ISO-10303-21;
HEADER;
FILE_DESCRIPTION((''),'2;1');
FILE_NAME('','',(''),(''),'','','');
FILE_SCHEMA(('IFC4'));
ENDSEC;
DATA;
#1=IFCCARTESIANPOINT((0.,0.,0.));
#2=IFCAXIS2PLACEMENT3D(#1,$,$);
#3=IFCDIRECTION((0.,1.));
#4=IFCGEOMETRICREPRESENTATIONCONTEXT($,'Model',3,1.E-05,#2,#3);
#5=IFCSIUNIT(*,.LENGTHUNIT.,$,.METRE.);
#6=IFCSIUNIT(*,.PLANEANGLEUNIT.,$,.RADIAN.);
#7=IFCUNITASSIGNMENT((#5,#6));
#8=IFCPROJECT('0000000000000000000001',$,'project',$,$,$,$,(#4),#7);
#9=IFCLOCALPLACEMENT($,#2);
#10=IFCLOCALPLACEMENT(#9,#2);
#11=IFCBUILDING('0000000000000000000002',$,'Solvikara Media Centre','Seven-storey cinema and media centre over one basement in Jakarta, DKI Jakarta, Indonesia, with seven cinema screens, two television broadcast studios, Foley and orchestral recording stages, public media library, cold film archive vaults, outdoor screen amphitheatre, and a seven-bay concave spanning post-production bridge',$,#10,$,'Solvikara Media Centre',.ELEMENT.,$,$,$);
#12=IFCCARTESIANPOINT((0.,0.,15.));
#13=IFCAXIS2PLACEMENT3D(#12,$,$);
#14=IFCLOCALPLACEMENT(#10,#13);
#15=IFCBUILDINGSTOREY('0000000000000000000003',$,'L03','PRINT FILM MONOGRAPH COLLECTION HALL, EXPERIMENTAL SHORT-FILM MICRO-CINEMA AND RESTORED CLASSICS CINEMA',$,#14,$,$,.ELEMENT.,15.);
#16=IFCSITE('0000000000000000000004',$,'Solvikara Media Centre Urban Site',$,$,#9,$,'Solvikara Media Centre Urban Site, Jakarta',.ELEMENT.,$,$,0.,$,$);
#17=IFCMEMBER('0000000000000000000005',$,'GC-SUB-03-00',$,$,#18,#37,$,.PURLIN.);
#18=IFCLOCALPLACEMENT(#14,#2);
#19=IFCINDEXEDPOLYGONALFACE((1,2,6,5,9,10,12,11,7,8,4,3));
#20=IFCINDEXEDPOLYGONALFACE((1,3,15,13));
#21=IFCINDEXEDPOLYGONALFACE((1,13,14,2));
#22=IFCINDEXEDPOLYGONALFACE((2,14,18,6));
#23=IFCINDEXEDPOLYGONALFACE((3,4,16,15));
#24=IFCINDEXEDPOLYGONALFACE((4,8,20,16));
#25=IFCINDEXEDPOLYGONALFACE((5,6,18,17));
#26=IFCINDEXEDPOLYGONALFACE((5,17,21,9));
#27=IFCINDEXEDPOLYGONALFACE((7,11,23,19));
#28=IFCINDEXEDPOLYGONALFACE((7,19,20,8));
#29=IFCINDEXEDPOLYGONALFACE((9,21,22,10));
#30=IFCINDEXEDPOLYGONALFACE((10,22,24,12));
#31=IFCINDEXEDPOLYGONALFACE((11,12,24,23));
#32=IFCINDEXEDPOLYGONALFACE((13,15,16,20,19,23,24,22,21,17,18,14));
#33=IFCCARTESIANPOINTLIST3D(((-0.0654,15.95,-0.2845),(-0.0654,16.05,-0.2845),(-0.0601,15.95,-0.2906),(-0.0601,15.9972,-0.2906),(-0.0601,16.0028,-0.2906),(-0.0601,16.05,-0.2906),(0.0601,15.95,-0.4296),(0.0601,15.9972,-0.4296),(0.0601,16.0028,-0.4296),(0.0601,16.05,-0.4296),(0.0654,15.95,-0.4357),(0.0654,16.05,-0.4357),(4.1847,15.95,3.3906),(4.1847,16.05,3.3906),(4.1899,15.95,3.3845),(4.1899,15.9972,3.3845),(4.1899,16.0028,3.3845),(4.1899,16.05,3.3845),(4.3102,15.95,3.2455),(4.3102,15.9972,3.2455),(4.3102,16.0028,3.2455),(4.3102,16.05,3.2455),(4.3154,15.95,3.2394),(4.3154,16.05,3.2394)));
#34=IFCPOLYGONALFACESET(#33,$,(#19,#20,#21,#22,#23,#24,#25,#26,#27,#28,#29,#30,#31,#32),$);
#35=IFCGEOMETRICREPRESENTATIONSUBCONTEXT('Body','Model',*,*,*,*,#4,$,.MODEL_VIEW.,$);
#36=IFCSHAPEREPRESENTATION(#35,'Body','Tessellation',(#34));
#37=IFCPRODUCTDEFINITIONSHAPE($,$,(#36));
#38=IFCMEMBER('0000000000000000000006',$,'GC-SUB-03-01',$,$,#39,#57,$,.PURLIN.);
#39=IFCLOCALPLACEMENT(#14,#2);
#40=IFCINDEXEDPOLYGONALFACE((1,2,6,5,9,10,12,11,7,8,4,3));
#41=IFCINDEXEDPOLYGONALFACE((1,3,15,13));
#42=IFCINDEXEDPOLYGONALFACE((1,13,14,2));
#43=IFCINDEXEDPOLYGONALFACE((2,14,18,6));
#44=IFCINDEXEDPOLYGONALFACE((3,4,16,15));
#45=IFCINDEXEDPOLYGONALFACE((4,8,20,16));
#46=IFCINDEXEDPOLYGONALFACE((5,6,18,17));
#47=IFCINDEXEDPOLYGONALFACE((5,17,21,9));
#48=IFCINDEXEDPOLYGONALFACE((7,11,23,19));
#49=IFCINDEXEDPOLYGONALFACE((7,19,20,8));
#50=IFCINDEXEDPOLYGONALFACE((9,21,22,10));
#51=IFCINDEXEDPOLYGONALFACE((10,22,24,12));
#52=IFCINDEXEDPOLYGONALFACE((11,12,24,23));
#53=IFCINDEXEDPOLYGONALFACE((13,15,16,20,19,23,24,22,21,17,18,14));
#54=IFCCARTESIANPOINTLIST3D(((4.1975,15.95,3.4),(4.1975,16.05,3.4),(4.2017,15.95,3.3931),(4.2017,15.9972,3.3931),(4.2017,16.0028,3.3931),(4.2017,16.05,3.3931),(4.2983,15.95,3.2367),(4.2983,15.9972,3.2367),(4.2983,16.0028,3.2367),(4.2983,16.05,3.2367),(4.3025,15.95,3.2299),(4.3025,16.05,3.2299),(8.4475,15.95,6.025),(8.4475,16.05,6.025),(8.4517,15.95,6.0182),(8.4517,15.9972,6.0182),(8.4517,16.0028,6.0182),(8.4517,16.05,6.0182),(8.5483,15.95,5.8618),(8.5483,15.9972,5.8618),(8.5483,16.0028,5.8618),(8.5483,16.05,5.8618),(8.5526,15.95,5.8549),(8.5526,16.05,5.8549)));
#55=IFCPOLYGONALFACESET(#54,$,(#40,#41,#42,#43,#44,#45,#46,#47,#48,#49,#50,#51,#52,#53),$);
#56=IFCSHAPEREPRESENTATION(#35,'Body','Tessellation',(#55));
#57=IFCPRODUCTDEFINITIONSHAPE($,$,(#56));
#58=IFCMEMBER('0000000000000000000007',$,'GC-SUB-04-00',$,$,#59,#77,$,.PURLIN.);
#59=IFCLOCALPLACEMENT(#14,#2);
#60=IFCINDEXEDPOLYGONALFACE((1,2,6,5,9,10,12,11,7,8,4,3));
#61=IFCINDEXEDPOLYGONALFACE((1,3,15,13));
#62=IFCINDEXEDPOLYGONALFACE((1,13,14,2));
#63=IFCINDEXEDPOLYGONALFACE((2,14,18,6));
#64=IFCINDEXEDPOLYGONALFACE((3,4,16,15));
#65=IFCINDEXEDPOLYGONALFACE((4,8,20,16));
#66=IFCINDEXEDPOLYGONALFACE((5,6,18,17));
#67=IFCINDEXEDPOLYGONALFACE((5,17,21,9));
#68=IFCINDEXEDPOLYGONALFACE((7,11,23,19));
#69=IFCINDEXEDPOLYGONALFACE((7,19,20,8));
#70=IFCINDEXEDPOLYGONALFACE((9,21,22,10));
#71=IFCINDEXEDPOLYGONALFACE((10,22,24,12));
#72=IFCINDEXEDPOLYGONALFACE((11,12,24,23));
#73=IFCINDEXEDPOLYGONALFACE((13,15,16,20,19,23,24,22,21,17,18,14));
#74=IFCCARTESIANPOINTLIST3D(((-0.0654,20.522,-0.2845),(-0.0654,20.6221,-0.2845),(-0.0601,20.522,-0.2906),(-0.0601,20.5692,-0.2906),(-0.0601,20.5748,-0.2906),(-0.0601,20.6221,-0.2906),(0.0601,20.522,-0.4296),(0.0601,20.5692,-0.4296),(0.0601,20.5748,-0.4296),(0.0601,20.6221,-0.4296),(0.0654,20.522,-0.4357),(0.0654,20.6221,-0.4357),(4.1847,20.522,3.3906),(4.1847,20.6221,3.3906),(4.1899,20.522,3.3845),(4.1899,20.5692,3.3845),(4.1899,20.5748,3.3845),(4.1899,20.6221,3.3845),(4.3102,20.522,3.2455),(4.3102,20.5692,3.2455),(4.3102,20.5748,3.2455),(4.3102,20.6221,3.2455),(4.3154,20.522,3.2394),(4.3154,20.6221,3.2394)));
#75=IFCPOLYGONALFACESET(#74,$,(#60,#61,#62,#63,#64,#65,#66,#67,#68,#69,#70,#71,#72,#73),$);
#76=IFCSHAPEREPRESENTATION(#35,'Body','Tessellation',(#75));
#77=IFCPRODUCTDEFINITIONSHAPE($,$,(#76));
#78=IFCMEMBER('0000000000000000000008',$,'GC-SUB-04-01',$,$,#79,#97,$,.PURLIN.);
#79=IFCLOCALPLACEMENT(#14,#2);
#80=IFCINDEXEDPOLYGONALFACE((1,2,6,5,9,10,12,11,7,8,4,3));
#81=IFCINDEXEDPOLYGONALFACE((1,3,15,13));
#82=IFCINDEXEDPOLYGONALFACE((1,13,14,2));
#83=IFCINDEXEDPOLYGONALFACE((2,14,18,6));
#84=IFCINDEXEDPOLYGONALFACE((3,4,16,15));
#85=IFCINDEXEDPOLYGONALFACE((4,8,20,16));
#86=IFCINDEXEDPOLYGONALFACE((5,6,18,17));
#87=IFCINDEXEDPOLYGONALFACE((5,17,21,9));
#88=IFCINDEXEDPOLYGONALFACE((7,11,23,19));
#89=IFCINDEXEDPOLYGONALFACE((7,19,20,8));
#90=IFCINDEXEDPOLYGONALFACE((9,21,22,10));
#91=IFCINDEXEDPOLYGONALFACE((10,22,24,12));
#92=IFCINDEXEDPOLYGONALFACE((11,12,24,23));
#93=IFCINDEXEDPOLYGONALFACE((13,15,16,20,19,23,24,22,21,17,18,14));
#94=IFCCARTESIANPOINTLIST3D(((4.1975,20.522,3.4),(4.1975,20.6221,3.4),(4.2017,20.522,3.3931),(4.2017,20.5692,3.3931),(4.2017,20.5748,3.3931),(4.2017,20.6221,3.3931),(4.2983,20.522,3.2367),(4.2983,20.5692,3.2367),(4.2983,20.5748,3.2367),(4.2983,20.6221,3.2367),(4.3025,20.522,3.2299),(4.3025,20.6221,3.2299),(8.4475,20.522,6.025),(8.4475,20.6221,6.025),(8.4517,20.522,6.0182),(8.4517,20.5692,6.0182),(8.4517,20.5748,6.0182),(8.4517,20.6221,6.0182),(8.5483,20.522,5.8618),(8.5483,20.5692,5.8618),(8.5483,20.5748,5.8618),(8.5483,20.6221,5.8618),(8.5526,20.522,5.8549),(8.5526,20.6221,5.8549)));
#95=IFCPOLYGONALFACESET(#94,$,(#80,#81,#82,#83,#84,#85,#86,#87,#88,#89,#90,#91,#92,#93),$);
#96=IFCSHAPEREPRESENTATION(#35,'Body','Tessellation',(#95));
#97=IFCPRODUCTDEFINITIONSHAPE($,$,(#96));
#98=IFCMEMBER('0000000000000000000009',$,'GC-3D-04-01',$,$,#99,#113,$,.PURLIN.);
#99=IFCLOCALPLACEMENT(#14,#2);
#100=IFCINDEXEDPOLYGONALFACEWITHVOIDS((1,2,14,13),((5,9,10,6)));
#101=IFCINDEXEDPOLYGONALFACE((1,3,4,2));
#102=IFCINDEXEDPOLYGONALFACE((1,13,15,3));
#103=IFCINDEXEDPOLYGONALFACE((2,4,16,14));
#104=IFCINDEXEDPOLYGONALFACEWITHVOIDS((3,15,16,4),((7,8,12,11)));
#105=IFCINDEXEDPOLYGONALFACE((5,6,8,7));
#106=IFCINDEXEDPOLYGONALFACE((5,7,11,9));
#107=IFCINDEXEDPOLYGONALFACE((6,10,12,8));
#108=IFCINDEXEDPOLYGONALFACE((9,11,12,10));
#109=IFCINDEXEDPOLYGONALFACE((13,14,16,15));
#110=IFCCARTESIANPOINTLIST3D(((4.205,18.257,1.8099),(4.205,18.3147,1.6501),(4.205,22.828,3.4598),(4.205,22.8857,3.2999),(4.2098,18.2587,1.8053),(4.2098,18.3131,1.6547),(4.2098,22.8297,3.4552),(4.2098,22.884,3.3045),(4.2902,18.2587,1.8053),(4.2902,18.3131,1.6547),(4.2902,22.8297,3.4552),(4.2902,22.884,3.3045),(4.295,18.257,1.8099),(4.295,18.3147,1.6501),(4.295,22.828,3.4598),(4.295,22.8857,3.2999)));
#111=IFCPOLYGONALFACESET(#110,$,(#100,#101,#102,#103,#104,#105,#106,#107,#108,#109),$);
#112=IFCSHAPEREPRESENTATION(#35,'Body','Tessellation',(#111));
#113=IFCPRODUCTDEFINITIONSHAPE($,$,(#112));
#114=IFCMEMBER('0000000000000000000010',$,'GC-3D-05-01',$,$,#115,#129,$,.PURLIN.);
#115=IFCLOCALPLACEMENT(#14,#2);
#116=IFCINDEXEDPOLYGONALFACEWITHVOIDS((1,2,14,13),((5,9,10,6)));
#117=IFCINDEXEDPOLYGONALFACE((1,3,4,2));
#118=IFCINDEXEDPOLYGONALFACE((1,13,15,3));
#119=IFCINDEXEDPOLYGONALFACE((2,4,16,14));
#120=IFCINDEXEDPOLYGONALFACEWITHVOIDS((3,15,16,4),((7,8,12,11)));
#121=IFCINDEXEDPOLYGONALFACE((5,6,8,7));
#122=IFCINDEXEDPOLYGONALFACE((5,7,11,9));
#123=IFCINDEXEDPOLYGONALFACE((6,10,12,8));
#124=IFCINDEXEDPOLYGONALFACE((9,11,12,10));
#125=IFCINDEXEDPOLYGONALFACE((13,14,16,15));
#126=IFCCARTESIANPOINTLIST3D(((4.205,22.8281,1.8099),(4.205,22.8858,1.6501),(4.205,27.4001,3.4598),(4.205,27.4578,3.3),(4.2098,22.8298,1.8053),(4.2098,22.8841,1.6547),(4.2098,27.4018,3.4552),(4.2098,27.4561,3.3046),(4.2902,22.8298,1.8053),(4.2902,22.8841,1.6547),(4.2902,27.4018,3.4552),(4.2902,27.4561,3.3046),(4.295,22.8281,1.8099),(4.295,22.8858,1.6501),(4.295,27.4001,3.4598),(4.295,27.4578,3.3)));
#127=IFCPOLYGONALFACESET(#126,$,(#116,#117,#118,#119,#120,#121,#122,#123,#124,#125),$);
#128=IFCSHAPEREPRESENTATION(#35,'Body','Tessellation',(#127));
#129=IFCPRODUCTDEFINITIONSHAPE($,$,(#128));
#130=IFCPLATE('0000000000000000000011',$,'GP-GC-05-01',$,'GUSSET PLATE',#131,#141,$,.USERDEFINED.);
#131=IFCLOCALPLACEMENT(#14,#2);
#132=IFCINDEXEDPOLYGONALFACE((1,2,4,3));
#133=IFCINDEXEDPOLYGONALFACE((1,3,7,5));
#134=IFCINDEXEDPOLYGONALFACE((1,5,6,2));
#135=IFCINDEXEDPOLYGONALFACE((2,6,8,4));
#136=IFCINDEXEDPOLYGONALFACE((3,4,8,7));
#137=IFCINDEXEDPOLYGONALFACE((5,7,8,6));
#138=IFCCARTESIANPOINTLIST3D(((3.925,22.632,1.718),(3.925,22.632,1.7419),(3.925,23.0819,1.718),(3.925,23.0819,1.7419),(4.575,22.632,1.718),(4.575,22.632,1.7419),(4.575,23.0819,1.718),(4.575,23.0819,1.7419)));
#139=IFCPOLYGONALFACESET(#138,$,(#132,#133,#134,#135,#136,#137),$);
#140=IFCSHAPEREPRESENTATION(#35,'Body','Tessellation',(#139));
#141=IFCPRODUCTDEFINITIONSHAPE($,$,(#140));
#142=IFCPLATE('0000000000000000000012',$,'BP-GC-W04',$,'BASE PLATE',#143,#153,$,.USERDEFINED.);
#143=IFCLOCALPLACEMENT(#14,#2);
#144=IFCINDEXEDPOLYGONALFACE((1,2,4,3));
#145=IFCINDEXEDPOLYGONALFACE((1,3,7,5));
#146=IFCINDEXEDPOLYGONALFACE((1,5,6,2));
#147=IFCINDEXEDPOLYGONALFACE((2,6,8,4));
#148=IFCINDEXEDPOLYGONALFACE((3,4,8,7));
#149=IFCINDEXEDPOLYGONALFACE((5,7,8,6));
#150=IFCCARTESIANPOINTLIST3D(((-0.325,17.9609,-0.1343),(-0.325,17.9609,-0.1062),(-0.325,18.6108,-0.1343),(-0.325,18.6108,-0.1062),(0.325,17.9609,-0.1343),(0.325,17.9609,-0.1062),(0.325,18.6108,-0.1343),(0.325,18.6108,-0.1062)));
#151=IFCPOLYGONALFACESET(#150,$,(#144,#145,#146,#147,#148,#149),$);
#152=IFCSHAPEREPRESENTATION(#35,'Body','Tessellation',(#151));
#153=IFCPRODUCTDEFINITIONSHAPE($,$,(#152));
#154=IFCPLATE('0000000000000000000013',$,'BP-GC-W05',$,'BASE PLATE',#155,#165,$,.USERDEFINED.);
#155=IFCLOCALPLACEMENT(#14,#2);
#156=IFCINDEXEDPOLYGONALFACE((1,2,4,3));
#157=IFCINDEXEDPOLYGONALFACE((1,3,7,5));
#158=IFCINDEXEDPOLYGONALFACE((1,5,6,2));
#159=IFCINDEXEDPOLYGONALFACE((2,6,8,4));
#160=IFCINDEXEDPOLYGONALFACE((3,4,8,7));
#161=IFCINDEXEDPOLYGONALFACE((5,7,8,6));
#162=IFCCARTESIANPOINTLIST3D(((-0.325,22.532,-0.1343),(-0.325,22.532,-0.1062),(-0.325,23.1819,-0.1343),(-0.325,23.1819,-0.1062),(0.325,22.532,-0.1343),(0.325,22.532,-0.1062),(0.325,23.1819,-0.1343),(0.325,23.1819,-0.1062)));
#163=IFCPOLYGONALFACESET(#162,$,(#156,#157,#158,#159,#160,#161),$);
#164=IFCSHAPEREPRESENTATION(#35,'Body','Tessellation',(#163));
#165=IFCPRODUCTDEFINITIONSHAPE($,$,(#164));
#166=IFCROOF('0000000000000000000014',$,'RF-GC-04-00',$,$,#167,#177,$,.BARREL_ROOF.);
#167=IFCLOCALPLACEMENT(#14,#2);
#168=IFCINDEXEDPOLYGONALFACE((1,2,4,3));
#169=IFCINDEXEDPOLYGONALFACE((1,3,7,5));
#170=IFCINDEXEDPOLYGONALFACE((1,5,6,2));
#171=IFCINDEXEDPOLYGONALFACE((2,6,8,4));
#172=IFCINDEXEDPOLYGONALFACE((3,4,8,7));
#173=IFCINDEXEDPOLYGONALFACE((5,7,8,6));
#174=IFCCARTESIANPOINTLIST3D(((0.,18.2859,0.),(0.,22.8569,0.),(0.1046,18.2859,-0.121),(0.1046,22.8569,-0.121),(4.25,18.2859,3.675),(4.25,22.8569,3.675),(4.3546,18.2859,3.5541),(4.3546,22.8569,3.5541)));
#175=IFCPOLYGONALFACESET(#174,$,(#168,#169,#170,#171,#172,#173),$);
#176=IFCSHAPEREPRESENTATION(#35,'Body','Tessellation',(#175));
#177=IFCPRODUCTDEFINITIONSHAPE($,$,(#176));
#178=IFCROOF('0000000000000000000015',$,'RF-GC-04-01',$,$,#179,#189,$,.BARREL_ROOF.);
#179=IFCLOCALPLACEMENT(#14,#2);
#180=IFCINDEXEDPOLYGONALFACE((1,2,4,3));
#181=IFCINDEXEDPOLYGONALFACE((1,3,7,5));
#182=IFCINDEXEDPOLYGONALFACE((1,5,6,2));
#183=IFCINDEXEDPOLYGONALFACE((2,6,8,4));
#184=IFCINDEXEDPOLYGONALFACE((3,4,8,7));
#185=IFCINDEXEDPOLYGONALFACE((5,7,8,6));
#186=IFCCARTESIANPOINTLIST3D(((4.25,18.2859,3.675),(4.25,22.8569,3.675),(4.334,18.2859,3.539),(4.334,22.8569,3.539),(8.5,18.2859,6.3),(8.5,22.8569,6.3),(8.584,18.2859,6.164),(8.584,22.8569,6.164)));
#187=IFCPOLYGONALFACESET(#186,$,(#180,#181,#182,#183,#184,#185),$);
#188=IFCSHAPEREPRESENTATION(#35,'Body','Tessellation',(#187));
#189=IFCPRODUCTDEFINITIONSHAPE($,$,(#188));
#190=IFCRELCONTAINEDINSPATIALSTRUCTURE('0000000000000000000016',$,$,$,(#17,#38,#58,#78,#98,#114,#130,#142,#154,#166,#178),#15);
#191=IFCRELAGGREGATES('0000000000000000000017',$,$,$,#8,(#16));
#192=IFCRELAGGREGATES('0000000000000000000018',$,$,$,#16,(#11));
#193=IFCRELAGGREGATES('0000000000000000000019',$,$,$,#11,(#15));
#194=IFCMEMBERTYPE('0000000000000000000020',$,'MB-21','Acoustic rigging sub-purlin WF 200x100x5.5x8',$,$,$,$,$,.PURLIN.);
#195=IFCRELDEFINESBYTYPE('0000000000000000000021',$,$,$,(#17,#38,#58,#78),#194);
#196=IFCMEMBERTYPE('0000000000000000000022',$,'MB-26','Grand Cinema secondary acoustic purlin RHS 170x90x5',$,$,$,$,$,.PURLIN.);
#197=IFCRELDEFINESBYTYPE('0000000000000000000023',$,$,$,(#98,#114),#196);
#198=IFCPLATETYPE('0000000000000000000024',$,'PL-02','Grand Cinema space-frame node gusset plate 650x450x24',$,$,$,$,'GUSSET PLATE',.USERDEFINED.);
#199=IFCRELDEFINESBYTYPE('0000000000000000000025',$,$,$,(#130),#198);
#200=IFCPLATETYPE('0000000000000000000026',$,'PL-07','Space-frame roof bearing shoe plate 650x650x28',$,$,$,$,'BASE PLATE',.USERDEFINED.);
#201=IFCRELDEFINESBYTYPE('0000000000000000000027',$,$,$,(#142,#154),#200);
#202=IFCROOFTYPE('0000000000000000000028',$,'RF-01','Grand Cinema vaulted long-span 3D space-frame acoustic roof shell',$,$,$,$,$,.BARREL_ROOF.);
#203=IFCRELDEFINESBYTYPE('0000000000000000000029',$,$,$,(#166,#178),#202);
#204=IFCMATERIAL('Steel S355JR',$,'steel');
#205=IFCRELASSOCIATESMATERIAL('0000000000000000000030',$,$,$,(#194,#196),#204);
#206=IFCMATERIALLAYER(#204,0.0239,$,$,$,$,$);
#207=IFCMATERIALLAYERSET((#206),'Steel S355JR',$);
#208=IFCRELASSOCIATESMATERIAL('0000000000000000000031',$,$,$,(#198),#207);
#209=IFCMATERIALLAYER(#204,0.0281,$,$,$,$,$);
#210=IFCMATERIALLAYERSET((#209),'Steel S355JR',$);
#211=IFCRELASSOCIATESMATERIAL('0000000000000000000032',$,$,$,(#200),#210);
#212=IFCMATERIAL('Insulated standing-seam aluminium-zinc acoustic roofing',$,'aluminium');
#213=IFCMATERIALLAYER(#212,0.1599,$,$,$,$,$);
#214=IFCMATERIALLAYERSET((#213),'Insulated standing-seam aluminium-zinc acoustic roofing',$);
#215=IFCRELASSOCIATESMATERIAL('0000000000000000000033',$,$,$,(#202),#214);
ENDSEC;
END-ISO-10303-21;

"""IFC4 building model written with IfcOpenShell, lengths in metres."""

from ifc_helpers import new_model, si_unit, direction, frame, origin, origin_2d, place, context, subcontext, project, spatial, polyline, rectangle, hollow_rectangle, i_section, outline, extrude, material, layer, layer_set, material_profile, profile_set, type_object, element, save


model = new_model("IFC4")

# Units and contexts
model_context = context("Model", 3, precision=1e-05, world=origin(), true_north=direction((0.0, 1.0)))
body_context = subcontext(model_context, "Body", "Model", "MODEL_VIEW")
ifc_project = project(units=[si_unit("LENGTHUNIT", "METRE"), si_unit("PLANEANGLEUNIT", "RADIAN")], contexts=[model_context])

# Site, building, storey
site_placement = place(None, origin())
site = spatial("IfcSite", under=ifc_project, at=site_placement, Name="Solvikara Media Centre Urban Site", LongName="Solvikara Media Centre Urban Site, Jakarta", CompositionType="ELEMENT", RefElevation=0.0)
building_placement = place(site_placement, origin())
building = spatial("IfcBuilding", under=site, at=building_placement, Name="Solvikara Media Centre", Description="Seven-storey cinema and media centre over one basement in Jakarta, DKI Jakarta, Indonesia, with seven cinema screens, two television broadcast studios, Foley and orchestral recording stages, public media library, cold film archive vaults, outdoor screen amphitheatre, and a seven-bay concave spanning post-production bridge", LongName="Solvikara Media Centre", CompositionType="ELEMENT")
storey_placement = place(building_placement, frame((0.0, 0.0, 15.0)))
storey = spatial("IfcBuildingStorey", under=building, at=storey_placement, Name="L03", Description="PRINT FILM MONOGRAPH COLLECTION HALL, EXPERIMENTAL SHORT-FILM MICRO-CINEMA AND RESTORED CLASSICS CINEMA", CompositionType="ELEMENT", Elevation=15.0)

# Shared definitions
ifc_material_1 = material(Name="Steel S355JR", Category="steel")

# Members
ifc_material_profile_1 = material_profile(ifc_material_1, i_section(OverallWidth=0.1001, OverallDepth=0.2, WebThickness=0.0056, FlangeThickness=0.0081, at=origin_2d()), Name="WF 200x100x5.5x8")
ifc_profile_set_1 = profile_set([ifc_material_profile_1], Name="Steel S355JR")
member_type_1 = type_object("IfcMemberType", Name="MB-21", Description="Acoustic rigging sub-purlin WF 200x100x5.5x8", PredefinedType="PURLIN", material=ifc_profile_set_1)
member_1_placement = place(storey_placement, frame((0.0, 16.0, -0.3601), z_axis=(0.756418, 0.0, 0.654088), x_axis=(0.0, 1.0, 0.0)))
element("IfcMember", 1, at=member_1_placement, inside=storey, type_object=member_type_1, Name="GC-SUB-03-00", PredefinedType="PURLIN", context=body_context, shape_type="SweptSolid", body=[
    extrude(i_section(OverallWidth=0.1001, OverallDepth=0.2, WebThickness=0.0056, FlangeThickness=0.0081, at=origin_2d()), origin(), (0.0, 0.0, 1.0), 5.6187),
])
member_2_placement = place(storey_placement, frame((4.25, 16.0, 3.3149), z_axis=(0.850798, 0.0, 0.525493), x_axis=(0.0, 1.0, 0.0)))
element("IfcMember", 2, at=member_2_placement, inside=storey, type_object=member_type_1, Name="GC-SUB-03-01", PredefinedType="PURLIN", context=body_context, shape_type="SweptSolid", body=[
    extrude(i_section(OverallWidth=0.1001, OverallDepth=0.2, WebThickness=0.0056, FlangeThickness=0.0081, at=origin_2d()), origin(), (0.0, 0.0, 1.0), 4.9954),
])
member_3_placement = place(storey_placement, frame((0.0, 20.572, -0.3601), z_axis=(0.756418, 0.0, 0.654088), x_axis=(0.0, 1.0, 0.0)))
element("IfcMember", 3, at=member_3_placement, inside=storey, type_object=member_type_1, Name="GC-SUB-04-00", PredefinedType="PURLIN", context=body_context, shape_type="SweptSolid", body=[
    extrude(i_section(OverallWidth=0.1001, OverallDepth=0.2, WebThickness=0.0056, FlangeThickness=0.0081, at=origin_2d()), origin(), (0.0, 0.0, 1.0), 5.6187),
])
member_4_placement = place(storey_placement, frame((4.25, 20.572, 3.3149), z_axis=(0.850798, 0.0, 0.525493), x_axis=(0.0, 1.0, 0.0)))
element("IfcMember", 4, at=member_4_placement, inside=storey, type_object=member_type_1, Name="GC-SUB-04-01", PredefinedType="PURLIN", context=body_context, shape_type="SweptSolid", body=[
    extrude(i_section(OverallWidth=0.1001, OverallDepth=0.2, WebThickness=0.0056, FlangeThickness=0.0081, at=origin_2d()), origin(), (0.0, 0.0, 1.0), 4.9954),
])
ifc_material_profile_2 = material_profile(ifc_material_1, hollow_rectangle(XDim=0.0901, YDim=0.1699, WallThickness=0.0049, at=origin_2d()), Name="RHS 170x90x5")
ifc_profile_set_2 = profile_set([ifc_material_profile_2], Name="Steel S355JR")
member_type_2 = type_object("IfcMemberType", Name="MB-26", Description="Grand Cinema secondary acoustic purlin RHS 170x90x5", PredefinedType="PURLIN", material=ifc_profile_set_2)
member_5_placement = place(storey_placement, frame((4.25, 18.2859, 1.73), z_axis=(0.0, 0.940603, 0.339507), x_axis=(-1.0, 0.0, 0.0)))
element("IfcMember", 5, at=member_5_placement, inside=storey, type_object=member_type_2, Name="GC-3D-04-01", PredefinedType="PURLIN", context=body_context, shape_type="SweptSolid", body=[
    extrude(hollow_rectangle(XDim=0.0901, YDim=0.1699, WallThickness=0.0049, at=origin_2d()), origin(), (0.0, 0.0, 1.0), 4.8596),
])
member_6_placement = place(storey_placement, frame((4.25, 22.8569, 1.73), z_axis=(0.0, 0.940627, 0.339443), x_axis=(-1.0, 0.0, 0.0)))
element("IfcMember", 6, at=member_6_placement, inside=storey, type_object=member_type_2, Name="GC-3D-05-01", PredefinedType="PURLIN", context=body_context, shape_type="SweptSolid", body=[
    extrude(hollow_rectangle(XDim=0.0901, YDim=0.1699, WallThickness=0.0049, at=origin_2d()), origin(), (0.0, 0.0, 1.0), 4.8606),
])

# Plates
ifc_layer_1 = layer(ifc_material_1, 0.0239)
ifc_layer_set_1 = layer_set([ifc_layer_1], Name="Steel S355JR")
plate_type_1 = type_object("IfcPlateType", Name="PL-02", Description="Grand Cinema space-frame node gusset plate 650x450x24", ElementType="GUSSET PLATE", PredefinedType="USERDEFINED", material=ifc_layer_set_1)
plate_placement = place(storey_placement, frame((4.25, 22.8569, 1.718), z_axis=(0.0, 0.0, 1.0), x_axis=(1.0, 0.0, 0.0)))
element("IfcPlate", 7, at=plate_placement, inside=storey, type_object=plate_type_1, Name="GP-GC-05-01", ObjectType="GUSSET PLATE", PredefinedType="USERDEFINED", context=body_context, shape_type="SweptSolid", body=[
    extrude(rectangle(XDim=0.6499, YDim=0.45, at=origin_2d()), origin(), (0.0, 0.0, 1.0), 0.0239),
])
ifc_layer_2 = layer(ifc_material_1, 0.0281)
ifc_layer_set_2 = layer_set([ifc_layer_2], Name="Steel S355JR")
plate_type_2 = type_object("IfcPlateType", Name="PL-07", Description="Space-frame roof bearing shoe plate 650x650x28", ElementType="BASE PLATE", PredefinedType="USERDEFINED", material=ifc_layer_set_2)
for number, where, z_axis, x_axis, name in (
    (8, (0.0, 18.2859, -0.1343), (0.0, 0.0, 1.0), (1.0, 0.0, 0.0), "BP-GC-W04"),
    (9, (0.0, 22.8569, -0.1343), (0.0, 0.0, 1.0), (1.0, 0.0, 0.0), "BP-GC-W05"),
):
    element("IfcPlate", number, at=place(storey_placement, frame(where, z_axis=z_axis, x_axis=x_axis)), inside=storey, type_object=plate_type_2, Name=name, ObjectType="BASE PLATE", PredefinedType="USERDEFINED", context=body_context, shape_type="SweptSolid", body=[
        extrude(rectangle(XDim=0.6499, YDim=0.6499, at=origin_2d()), origin(), (0.0, 0.0, 1.0), 0.0281),
    ])

# Roofs
ifc_material_2 = material(Name="Insulated standing-seam aluminium-zinc acoustic roofing", Category="aluminium")
ifc_layer_3 = layer(ifc_material_2, 0.1599)
ifc_layer_set_3 = layer_set([ifc_layer_3], Name="Insulated standing-seam aluminium-zinc acoustic roofing")
roof_type = type_object("IfcRoofType", Name="RF-01", Description="Grand Cinema vaulted long-span 3D space-frame acoustic roof shell", PredefinedType="BARREL_ROOF", material=ifc_layer_set_3)
roof_1_placement = place(storey_placement, frame((0.0, 18.2859, 0.0), z_axis=(-0.654088, 0.0, 0.756418), x_axis=(0.756418, 0.0, 0.654088)))
element("IfcRoof", 10, at=roof_1_placement, inside=storey, type_object=roof_type, Name="RF-GC-04-00", PredefinedType="BARREL_ROOF", context=body_context, shape_type="SweptSolid", body=[
    extrude(outline(polyline([(0.0, 0.0), (5.6186, 0.0), (5.6186, 4.571), (0.0, 4.571), (0.0, 0.0)])), origin(), (0.0, 0.0, -1.0), 0.1599),
])
roof_2_placement = place(storey_placement, frame((4.25, 18.2859, 3.675), z_axis=(-0.525493, 0.0, 0.850798), x_axis=(0.850798, 0.0, 0.525493)))
element("IfcRoof", 11, at=roof_2_placement, inside=storey, type_object=roof_type, Name="RF-GC-04-01", PredefinedType="BARREL_ROOF", context=body_context, shape_type="SweptSolid", body=[
    extrude(outline(polyline([(0.0, 0.0), (4.9953, 0.0), (4.9953, 4.571), (0.0, 4.571), (0.0, 0.0)])), origin(), (0.0, 0.0, -1.0), 0.1599),
])

save(model, "model.ifc")
